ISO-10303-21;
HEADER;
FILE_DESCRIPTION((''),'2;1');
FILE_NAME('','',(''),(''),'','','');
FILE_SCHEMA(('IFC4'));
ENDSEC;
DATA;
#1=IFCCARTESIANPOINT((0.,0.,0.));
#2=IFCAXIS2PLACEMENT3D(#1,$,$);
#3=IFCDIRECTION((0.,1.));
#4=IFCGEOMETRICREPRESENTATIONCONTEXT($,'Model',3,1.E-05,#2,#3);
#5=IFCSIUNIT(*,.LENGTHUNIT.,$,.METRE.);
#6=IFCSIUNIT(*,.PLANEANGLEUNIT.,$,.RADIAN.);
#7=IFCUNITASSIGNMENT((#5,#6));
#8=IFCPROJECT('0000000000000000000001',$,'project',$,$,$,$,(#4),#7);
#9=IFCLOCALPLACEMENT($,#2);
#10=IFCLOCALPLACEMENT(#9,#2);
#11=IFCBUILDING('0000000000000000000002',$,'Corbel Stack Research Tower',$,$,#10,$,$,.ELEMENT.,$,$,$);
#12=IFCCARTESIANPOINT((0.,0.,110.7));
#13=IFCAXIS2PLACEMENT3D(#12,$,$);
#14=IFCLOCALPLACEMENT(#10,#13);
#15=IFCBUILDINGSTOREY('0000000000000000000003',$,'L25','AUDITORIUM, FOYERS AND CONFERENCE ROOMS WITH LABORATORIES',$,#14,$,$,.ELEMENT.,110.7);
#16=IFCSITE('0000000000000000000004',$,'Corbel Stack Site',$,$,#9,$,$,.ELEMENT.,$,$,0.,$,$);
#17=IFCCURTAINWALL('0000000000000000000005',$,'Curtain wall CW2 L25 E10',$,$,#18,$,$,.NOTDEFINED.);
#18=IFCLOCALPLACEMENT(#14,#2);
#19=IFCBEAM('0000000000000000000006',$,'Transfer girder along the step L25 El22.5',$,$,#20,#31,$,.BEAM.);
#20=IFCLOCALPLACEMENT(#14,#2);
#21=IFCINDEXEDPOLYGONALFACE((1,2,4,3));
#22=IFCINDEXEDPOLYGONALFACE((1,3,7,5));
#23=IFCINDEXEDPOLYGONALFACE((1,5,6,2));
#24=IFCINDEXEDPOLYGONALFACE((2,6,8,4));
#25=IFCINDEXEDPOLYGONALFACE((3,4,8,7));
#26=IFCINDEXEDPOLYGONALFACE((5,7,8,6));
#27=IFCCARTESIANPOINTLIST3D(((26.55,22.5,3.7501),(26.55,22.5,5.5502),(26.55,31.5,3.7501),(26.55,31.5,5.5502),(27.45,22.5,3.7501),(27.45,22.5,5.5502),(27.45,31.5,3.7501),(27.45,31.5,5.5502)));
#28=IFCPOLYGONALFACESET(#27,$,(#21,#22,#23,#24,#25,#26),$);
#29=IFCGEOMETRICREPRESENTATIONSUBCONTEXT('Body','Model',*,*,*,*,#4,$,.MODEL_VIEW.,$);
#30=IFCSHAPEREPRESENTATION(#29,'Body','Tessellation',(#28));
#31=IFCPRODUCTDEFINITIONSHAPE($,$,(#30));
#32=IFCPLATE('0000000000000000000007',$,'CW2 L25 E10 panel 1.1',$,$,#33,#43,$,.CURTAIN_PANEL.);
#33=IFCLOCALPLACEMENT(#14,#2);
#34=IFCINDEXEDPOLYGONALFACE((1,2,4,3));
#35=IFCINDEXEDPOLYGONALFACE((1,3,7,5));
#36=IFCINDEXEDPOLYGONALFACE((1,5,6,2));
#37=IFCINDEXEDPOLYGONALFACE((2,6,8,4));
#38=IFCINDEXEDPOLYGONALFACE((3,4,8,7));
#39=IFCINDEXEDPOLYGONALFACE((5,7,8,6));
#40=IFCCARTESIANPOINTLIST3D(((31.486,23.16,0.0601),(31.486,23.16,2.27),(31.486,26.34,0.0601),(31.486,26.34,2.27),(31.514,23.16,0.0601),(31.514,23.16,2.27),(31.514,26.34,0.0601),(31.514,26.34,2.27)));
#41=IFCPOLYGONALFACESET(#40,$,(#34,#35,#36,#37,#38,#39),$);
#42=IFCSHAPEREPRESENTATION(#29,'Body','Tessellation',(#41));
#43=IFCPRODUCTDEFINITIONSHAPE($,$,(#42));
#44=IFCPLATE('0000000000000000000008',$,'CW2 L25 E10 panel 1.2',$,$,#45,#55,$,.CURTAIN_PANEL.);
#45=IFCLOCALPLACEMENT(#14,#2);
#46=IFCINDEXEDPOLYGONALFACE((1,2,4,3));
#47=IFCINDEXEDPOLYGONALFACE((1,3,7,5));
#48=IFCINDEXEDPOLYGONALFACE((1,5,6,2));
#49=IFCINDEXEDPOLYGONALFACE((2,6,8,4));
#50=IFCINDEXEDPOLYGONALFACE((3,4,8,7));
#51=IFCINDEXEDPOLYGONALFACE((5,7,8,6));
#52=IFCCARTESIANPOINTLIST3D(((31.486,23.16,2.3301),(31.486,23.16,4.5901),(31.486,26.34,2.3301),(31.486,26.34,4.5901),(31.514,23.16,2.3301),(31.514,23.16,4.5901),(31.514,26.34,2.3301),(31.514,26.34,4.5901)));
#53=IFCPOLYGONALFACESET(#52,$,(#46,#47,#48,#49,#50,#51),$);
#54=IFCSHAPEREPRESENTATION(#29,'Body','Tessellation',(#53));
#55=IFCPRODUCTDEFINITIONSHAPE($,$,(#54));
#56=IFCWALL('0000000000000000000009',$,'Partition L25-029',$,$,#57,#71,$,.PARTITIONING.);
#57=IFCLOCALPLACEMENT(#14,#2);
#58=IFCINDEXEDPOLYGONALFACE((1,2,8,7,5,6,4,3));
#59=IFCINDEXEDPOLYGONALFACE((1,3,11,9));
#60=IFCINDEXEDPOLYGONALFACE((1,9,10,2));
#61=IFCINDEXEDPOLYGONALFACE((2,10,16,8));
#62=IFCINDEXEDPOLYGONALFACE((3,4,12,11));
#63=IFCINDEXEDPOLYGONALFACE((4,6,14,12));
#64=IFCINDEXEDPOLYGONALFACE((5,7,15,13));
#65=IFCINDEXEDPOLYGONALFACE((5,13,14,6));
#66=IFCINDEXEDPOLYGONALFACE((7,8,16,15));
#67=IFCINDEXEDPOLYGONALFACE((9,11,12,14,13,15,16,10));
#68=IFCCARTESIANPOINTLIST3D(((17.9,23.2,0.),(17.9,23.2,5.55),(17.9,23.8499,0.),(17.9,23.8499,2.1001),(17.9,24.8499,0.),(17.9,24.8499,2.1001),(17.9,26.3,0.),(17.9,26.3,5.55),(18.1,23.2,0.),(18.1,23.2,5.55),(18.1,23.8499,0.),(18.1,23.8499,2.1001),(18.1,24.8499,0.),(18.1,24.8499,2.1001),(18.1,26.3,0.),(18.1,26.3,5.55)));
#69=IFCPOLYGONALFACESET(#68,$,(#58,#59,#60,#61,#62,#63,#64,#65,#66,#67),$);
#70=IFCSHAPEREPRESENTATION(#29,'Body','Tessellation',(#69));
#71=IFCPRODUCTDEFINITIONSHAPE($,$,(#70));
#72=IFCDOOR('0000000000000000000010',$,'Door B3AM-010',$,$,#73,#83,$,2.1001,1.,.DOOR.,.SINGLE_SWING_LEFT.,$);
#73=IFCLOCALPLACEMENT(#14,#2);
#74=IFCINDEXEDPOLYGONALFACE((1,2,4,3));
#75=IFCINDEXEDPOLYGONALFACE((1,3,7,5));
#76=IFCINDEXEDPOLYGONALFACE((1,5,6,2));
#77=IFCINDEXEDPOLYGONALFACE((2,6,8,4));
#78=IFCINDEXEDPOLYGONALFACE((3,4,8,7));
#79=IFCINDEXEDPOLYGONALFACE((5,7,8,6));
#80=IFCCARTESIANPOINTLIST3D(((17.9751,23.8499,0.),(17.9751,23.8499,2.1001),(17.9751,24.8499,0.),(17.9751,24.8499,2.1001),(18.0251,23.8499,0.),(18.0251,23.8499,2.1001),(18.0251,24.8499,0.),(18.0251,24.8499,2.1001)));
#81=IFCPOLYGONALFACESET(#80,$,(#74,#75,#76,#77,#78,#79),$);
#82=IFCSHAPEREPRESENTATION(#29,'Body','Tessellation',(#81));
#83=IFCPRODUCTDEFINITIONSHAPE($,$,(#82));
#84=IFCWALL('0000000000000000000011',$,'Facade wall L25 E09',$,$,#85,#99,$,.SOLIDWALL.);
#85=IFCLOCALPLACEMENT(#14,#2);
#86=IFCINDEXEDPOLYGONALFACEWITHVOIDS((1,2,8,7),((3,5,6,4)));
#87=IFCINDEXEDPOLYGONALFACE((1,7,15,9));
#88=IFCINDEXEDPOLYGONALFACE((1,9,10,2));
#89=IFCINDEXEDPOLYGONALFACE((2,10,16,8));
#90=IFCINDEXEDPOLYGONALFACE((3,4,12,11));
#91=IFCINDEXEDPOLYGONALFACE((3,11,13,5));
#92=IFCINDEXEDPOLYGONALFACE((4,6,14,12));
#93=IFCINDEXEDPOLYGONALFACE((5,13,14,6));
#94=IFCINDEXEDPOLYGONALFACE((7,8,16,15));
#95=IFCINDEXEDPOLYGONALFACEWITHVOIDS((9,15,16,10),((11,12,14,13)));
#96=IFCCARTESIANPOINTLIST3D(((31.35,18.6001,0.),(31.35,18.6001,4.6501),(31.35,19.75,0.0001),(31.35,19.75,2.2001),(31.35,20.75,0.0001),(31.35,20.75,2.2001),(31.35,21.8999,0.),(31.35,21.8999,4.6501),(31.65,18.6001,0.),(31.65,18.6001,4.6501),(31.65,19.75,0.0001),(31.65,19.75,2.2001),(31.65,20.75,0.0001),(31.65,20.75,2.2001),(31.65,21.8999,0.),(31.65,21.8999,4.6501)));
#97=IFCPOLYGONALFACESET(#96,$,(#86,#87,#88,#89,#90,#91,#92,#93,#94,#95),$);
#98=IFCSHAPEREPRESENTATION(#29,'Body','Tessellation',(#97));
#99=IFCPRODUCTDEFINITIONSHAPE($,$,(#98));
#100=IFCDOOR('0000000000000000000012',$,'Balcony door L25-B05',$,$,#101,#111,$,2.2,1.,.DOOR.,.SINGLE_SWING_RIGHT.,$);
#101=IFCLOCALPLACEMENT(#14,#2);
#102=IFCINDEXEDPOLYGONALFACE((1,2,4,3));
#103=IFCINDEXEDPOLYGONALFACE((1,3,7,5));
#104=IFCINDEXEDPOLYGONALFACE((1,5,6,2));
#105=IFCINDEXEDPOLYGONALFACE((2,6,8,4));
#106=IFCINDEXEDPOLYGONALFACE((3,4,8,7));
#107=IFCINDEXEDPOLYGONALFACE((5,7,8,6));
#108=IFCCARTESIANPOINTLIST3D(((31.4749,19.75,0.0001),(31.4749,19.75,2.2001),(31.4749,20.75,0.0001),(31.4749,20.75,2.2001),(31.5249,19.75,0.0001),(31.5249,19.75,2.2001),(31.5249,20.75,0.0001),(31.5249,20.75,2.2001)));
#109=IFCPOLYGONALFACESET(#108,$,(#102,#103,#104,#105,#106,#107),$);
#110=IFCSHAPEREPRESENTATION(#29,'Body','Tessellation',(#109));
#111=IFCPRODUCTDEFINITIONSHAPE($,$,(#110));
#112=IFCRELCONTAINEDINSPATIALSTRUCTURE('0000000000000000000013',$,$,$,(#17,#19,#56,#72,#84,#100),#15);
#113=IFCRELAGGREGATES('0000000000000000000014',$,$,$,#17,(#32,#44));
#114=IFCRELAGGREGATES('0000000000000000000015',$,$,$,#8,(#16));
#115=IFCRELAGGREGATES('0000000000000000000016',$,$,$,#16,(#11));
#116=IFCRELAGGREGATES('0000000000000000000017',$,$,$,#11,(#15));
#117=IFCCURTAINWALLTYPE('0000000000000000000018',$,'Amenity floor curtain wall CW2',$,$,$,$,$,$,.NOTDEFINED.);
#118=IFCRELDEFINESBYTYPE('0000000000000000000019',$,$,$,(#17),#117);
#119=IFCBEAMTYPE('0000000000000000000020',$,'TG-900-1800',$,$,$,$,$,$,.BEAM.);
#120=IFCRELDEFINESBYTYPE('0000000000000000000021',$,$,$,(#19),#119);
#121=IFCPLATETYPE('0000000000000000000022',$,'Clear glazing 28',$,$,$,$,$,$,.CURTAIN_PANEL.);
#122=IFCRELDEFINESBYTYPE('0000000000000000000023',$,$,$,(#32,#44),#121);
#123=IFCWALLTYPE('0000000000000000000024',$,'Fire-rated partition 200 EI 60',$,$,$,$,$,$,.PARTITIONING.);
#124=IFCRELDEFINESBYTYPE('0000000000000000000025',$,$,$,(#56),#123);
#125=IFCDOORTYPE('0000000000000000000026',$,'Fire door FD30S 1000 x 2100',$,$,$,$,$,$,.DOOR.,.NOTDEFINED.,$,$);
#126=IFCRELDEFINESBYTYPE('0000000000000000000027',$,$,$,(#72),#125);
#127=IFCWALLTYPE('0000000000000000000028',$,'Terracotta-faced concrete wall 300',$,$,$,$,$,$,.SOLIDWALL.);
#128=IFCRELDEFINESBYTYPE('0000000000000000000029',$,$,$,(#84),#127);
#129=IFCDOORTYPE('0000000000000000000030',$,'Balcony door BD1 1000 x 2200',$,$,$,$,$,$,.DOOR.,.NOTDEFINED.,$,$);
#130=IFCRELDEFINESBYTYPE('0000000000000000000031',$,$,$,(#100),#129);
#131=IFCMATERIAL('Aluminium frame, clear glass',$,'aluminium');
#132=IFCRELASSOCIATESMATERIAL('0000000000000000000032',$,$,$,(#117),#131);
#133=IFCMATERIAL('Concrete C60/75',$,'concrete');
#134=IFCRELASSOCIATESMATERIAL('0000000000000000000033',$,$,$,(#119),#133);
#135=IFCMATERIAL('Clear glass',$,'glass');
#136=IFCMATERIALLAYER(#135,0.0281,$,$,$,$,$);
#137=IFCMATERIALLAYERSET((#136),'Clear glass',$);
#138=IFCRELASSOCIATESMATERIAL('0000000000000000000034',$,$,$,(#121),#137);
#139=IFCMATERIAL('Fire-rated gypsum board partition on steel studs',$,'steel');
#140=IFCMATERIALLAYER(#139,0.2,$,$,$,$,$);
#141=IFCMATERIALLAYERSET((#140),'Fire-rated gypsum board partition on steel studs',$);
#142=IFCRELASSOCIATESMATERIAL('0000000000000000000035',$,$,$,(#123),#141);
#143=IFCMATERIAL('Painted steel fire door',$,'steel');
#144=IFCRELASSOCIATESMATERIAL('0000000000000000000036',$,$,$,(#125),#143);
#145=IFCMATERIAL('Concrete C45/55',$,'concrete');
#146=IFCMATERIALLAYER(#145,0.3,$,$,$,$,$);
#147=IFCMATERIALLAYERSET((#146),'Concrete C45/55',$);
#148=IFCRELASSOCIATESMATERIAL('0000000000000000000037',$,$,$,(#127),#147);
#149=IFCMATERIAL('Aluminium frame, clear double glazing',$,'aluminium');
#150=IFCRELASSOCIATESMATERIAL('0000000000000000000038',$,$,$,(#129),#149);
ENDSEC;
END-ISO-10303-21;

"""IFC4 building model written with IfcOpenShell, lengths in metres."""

from ifc_helpers import new_model, si_unit, direction, frame, frame_2d, origin, origin_2d, place, context, subcontext, project, spatial, rectangle, extrude, material, layer, layer_set, material_profile, profile_set, type_object, element, fill, aggregate, save


model = new_model("IFC4")

# Units and contexts
model_context = context("Model", 3, precision=1e-05, world=origin(), true_north=direction((0.0, 1.0)))
body_context = subcontext(model_context, "Body", "Model", "MODEL_VIEW")
ifc_project = project(units=[si_unit("LENGTHUNIT", "METRE"), si_unit("PLANEANGLEUNIT", "RADIAN")], contexts=[model_context])

# Site, building, storey
site_placement = place(None, origin())
site = spatial("IfcSite", under=ifc_project, at=site_placement, Name="Corbel Stack Site", CompositionType="ELEMENT", RefElevation=0.0)
building_placement = place(site_placement, origin())
building = spatial("IfcBuilding", under=site, at=building_placement, Name="Corbel Stack Research Tower", CompositionType="ELEMENT")
storey_placement = place(building_placement, frame((0.0, 0.0, 110.7)))
storey = spatial("IfcBuildingStorey", under=building, at=storey_placement, Name="L25", Description="AUDITORIUM, FOYERS AND CONFERENCE ROOMS WITH LABORATORIES", CompositionType="ELEMENT", Elevation=110.7)

# Curtain wall
ifc_material_1 = material(Name="Aluminium frame, clear glass", Category="aluminium")
curtain_wall_type = type_object("IfcCurtainWallType", Name="Amenity floor curtain wall CW2", PredefinedType="NOTDEFINED", material=ifc_material_1)
curtain_wall_placement = place(storey_placement, origin())
curtain_wall = element("IfcCurtainWall", 1, at=curtain_wall_placement, inside=storey, type_object=curtain_wall_type, Name="Curtain wall CW2 L25 E10", PredefinedType="NOTDEFINED")

# Beam
ifc_material_2 = material(Name="Concrete C60/75", Category="concrete")
ifc_material_profile_1 = material_profile(ifc_material_2, rectangle(XDim=0.8999, YDim=1.8, at=origin_2d()), Name="RC 900 x 1800")
ifc_profile_set_1 = profile_set([ifc_material_profile_1], Name="Concrete C60/75")
beam_type_1 = type_object("IfcBeamType", Name="TG-900-1800", PredefinedType="BEAM", material=ifc_profile_set_1)
beam_placement = place(storey_placement, frame((27.0, 22.5, 4.6501), z_axis=(0.0, 1.0, 0.0), x_axis=(-1.0, 0.0, 0.0)))
element("IfcBeam", 2, at=beam_placement, inside=storey, type_object=beam_type_1, Name="Transfer girder along the step L25 El22.5", PredefinedType="BEAM", context=body_context, shape_type="SweptSolid", body=[
    extrude(rectangle(XDim=0.8999, YDim=1.8, at=origin_2d()), origin(), (0.0, 0.0, 1.0), 9.0),
])

# Plates
ifc_material_3 = material(Name="Clear glass", Category="glass")
ifc_layer_1 = layer(ifc_material_3, 0.0281)
ifc_layer_set_1 = layer_set([ifc_layer_1], Name="Clear glass")
plate_type = type_object("IfcPlateType", Name="Clear glazing 28", PredefinedType="CURTAIN_PANEL", material=ifc_layer_set_1)
plate_1_placement = place(storey_placement, frame((31.5, 24.75, 0.0601), z_axis=(0.0, 0.0, 1.0), x_axis=(0.0, 1.0, 0.0)))
plate_1 = element("IfcPlate", 3, at=plate_1_placement, type_object=plate_type, Name="CW2 L25 E10 panel 1.1", PredefinedType="CURTAIN_PANEL", context=body_context, shape_type="SweptSolid", body=[
    extrude(rectangle(XDim=3.1799, YDim=0.0281, at=origin_2d()), origin(), (0.0, 0.0, 1.0), 2.21),
])
plate_2_placement = place(storey_placement, frame((31.5, 24.75, 2.3301), z_axis=(0.0, 0.0, 1.0), x_axis=(0.0, 1.0, 0.0)))
plate_2 = element("IfcPlate", 4, at=plate_2_placement, type_object=plate_type, Name="CW2 L25 E10 panel 1.2", PredefinedType="CURTAIN_PANEL", context=body_context, shape_type="SweptSolid", body=[
    extrude(rectangle(XDim=3.1799, YDim=0.0281, at=origin_2d()), origin(), (0.0, 0.0, 1.0), 2.26),
])
aggregate(curtain_wall, [plate_1, plate_2])

# Walls, openings, doors
ifc_material_4 = material(Name="Fire-rated gypsum board partition on steel studs", Category="steel")
ifc_layer_2 = layer(ifc_material_4, 0.2)
ifc_layer_set_2 = layer_set([ifc_layer_2], Name="Fire-rated gypsum board partition on steel studs")
wall_type_1 = type_object("IfcWallType", Name="Fire-rated partition 200 EI 60", PredefinedType="PARTITIONING", material=ifc_layer_set_2)
wall_1_placement = place(storey_placement, frame((18.0, 23.2, 0.0), z_axis=(0.0, 0.0, 1.0), x_axis=(0.0, 1.0, 0.0)))
wall_1 = element("IfcWall", 5, at=wall_1_placement, inside=storey, type_object=wall_type_1, Name="Partition L25-029", PredefinedType="PARTITIONING", context=body_context, shape_type="SweptSolid", body=[
    extrude(rectangle(XDim=3.1001, YDim=0.2, at=frame_2d((1.55, 0.0))), origin(), (0.0, 0.0, 1.0), 5.55),
])
opening_1_placement = place(wall_1_placement, frame((0.6499, 0.0, 0.0)))
opening_1 = element("IfcOpeningElement", 6, at=opening_1_placement, cuts=wall_1, PredefinedType="OPENING", context=body_context, shape_type="SweptSolid", body=[
    extrude(rectangle(XDim=1.0, YDim=2.1001, at=frame_2d((0.5, 1.05))), frame((0.0, 0.1099, 0.0), z_axis=(0.0, -1.0, 0.0), x_axis=(1.0, 0.0, 0.0)), (0.0, 0.0, 1.0), 0.22),
])
ifc_material_5 = material(Name="Painted steel fire door", Category="steel")
door_type_1 = type_object("IfcDoorType", Name="Fire door FD30S 1000 x 2100", OperationType="NOTDEFINED", PredefinedType="DOOR", material=ifc_material_5)
door_1_placement = place(opening_1_placement, origin())
door_1 = element("IfcDoor", 7, at=door_1_placement, inside=storey, type_object=door_type_1, Name="Door B3AM-010", OperationType="SINGLE_SWING_LEFT", OverallHeight=2.1001, OverallWidth=1.0, PredefinedType="DOOR", context=body_context, shape_type="SweptSolid", body=[
    extrude(rectangle(XDim=1.0, YDim=2.1001, at=frame_2d((0.5, 1.05))), frame((0.0, 0.0249, 0.0), z_axis=(0.0, -1.0, 0.0), x_axis=(1.0, 0.0, 0.0)), (0.0, 0.0, 1.0), 0.05),
])
fill(opening_1, door_1)
ifc_material_6 = material(Name="Concrete C45/55", Category="concrete")
ifc_layer_3 = layer(ifc_material_6, 0.3)
ifc_layer_set_3 = layer_set([ifc_layer_3], Name="Concrete C45/55")
wall_type_2 = type_object("IfcWallType", Name="Terracotta-faced concrete wall 300", PredefinedType="SOLIDWALL", material=ifc_layer_set_3)
wall_2_placement = place(storey_placement, frame((31.5, 21.8999, 0.0), z_axis=(0.0, 0.0, 1.0), x_axis=(0.0, -1.0, 0.0)))
wall_2 = element("IfcWall", 8, at=wall_2_placement, inside=storey, type_object=wall_type_2, Name="Facade wall L25 E09", PredefinedType="SOLIDWALL", context=body_context, shape_type="SweptSolid", body=[
    extrude(rectangle(XDim=3.2998, YDim=0.3, at=frame_2d((1.6499, 0.0))), origin(), (0.0, 0.0, 1.0), 4.6501),
])
opening_2_placement = place(wall_2_placement, frame((1.1499, 0.0, 0.0)))
opening_2 = element("IfcOpeningElement", 9, at=opening_2_placement, cuts=wall_2, PredefinedType="OPENING", context=body_context, shape_type="SweptSolid", body=[
    extrude(rectangle(XDim=1.0, YDim=2.2, at=frame_2d((0.5, 1.1001))), frame((0.0, 0.1599, 0.0), z_axis=(0.0, -1.0, 0.0), x_axis=(1.0, 0.0, 0.0)), (0.0, 0.0, 1.0), 0.3201),
])
ifc_material_7 = material(Name="Aluminium frame, clear double glazing", Category="aluminium")
door_type_2 = type_object("IfcDoorType", Name="Balcony door BD1 1000 x 2200", OperationType="NOTDEFINED", PredefinedType="DOOR", material=ifc_material_7)
door_2_placement = place(opening_2_placement, origin())
door_2 = element("IfcDoor", 10, at=door_2_placement, inside=storey, type_object=door_type_2, Name="Balcony door L25-B05", OperationType="SINGLE_SWING_RIGHT", OverallHeight=2.2, OverallWidth=1.0, PredefinedType="DOOR", context=body_context, shape_type="SweptSolid", body=[
    extrude(rectangle(XDim=1.0, YDim=2.2, at=frame_2d((0.5, 1.1001))), frame((0.0, 0.0249, 0.0), z_axis=(0.0, -1.0, 0.0), x_axis=(1.0, 0.0, 0.0)), (0.0, 0.0, 1.0), 0.05),
])
fill(opening_2, door_2)

save(model, "model.ifc")
